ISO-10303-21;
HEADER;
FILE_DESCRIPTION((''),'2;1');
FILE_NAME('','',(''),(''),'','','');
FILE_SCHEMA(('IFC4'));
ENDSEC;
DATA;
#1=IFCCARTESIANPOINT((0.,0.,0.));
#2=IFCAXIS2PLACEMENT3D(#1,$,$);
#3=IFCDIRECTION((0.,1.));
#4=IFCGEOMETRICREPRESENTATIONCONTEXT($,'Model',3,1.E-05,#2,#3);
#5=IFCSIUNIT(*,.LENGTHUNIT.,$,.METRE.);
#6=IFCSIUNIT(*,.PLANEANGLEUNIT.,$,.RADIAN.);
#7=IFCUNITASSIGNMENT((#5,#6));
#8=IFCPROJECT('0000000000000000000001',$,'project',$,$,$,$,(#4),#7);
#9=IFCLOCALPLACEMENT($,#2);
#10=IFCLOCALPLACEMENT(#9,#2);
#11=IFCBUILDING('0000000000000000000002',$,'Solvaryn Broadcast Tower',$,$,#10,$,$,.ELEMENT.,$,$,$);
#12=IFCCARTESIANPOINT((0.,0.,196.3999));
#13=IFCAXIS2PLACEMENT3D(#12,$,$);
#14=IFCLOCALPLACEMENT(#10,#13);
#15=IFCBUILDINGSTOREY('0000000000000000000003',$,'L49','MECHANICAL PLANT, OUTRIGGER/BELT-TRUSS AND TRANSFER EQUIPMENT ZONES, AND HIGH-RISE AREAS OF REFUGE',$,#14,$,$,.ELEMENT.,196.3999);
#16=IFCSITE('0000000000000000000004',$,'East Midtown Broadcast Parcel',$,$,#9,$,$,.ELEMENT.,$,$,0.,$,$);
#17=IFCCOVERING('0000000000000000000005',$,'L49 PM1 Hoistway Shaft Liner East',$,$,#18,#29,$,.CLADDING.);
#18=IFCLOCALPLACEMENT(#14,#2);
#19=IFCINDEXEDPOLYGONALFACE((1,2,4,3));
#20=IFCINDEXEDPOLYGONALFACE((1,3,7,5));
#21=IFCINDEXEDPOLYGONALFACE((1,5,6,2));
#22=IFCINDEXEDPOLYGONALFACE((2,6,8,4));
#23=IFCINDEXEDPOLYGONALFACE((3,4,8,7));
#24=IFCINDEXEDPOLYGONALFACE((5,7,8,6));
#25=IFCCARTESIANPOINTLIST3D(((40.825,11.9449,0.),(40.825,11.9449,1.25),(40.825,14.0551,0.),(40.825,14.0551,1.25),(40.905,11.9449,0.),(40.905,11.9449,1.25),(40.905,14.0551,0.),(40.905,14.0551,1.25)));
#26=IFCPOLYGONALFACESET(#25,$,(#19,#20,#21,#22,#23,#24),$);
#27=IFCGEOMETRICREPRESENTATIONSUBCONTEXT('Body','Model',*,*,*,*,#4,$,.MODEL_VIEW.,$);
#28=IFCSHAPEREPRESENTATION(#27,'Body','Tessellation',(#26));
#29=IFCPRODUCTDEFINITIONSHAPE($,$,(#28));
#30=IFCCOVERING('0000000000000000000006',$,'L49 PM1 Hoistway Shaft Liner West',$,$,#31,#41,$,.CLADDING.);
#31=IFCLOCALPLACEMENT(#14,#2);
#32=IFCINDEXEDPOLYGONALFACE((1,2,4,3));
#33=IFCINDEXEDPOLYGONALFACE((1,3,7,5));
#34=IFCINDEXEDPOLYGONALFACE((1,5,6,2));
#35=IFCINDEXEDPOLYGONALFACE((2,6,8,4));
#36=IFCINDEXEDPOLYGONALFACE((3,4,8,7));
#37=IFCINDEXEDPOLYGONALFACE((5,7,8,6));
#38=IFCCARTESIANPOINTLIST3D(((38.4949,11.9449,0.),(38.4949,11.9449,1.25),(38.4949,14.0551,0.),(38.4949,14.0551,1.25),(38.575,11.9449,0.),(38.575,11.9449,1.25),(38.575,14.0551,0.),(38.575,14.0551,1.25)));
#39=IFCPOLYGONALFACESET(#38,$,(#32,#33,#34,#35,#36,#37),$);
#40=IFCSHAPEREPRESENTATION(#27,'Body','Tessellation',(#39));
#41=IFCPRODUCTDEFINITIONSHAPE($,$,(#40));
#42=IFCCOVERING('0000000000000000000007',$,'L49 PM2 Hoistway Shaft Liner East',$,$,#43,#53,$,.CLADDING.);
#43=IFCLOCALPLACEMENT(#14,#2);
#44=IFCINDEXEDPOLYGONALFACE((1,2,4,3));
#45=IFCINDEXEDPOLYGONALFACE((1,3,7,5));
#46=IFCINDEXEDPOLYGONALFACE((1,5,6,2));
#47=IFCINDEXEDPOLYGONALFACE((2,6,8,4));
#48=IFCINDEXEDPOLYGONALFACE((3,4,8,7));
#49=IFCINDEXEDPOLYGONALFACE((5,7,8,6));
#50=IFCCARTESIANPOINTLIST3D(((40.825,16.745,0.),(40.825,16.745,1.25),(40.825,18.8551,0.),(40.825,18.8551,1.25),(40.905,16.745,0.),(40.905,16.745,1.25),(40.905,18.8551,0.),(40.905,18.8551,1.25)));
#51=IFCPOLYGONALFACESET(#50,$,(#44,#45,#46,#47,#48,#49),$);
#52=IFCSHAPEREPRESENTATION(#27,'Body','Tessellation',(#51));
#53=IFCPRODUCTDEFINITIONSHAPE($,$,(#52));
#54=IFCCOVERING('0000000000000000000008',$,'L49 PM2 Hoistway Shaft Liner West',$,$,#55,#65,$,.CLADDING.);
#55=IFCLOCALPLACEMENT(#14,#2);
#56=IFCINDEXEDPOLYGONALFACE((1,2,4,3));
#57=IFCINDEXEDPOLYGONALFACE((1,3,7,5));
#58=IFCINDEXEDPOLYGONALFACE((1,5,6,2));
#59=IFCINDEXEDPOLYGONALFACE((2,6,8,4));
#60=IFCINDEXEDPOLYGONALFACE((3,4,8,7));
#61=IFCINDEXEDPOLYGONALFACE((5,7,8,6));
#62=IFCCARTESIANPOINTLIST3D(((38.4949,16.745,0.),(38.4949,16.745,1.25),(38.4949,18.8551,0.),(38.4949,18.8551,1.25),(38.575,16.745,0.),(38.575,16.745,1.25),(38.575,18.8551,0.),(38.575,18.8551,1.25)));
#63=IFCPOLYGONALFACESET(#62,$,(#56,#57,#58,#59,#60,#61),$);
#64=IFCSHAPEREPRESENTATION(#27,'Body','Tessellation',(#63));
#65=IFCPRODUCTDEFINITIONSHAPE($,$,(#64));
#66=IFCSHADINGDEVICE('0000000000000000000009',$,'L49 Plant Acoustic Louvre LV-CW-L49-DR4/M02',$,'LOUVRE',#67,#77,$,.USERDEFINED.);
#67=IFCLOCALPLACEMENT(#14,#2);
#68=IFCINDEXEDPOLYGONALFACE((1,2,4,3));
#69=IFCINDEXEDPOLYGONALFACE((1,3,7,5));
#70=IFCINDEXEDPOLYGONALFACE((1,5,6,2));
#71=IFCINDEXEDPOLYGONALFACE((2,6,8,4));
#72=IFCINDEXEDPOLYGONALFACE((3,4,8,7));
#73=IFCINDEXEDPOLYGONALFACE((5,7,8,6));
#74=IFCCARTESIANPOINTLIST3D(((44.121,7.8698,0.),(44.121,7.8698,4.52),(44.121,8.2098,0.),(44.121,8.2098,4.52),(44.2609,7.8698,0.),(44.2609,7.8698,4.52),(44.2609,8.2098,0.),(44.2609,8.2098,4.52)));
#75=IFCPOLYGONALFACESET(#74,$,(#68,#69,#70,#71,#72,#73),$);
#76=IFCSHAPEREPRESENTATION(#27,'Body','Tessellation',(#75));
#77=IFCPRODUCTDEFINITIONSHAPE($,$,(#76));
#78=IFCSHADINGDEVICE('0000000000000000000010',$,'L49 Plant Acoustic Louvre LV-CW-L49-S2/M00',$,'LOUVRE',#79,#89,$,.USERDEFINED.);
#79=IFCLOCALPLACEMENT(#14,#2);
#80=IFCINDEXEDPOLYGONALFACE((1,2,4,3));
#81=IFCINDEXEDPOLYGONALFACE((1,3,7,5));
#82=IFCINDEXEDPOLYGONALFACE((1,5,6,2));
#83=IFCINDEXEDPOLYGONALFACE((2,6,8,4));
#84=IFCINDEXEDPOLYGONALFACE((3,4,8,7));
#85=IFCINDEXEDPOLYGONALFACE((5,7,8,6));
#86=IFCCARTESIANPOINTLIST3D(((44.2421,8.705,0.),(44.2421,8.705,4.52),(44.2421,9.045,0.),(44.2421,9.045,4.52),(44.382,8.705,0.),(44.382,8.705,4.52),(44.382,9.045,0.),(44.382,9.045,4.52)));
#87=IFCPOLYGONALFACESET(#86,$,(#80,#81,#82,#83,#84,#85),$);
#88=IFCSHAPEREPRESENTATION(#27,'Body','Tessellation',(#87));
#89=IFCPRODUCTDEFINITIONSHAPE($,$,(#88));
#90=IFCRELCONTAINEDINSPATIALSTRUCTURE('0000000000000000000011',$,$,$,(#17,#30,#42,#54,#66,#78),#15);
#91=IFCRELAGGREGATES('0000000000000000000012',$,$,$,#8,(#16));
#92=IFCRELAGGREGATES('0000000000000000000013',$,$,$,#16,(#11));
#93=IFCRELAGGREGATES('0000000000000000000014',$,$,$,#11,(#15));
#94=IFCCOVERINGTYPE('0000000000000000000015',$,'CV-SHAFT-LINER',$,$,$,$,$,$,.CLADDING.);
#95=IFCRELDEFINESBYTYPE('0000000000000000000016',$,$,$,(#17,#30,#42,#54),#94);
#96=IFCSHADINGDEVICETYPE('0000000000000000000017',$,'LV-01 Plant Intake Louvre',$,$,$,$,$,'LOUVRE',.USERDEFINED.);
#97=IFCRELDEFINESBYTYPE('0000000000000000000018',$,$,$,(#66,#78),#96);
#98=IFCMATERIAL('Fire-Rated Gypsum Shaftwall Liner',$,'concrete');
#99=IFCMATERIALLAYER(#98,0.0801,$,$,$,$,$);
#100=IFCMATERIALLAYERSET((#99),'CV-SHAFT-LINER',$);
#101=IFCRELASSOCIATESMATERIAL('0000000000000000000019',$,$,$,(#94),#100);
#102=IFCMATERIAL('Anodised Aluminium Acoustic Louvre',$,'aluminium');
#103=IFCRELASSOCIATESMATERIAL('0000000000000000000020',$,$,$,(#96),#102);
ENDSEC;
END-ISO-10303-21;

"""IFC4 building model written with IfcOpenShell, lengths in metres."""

from ifc_helpers import new_model, si_unit, direction, frame, origin, origin_2d, place, context, subcontext, project, spatial, rectangle, extrude, material, layer, layer_set, type_object, element, save


model = new_model("IFC4")

# Units and contexts
model_context = context("Model", 3, precision=1e-05, world=origin(), true_north=direction((0.0, 1.0)))
body_context = subcontext(model_context, "Body", "Model", "MODEL_VIEW")
ifc_project = project(units=[si_unit("LENGTHUNIT", "METRE"), si_unit("PLANEANGLEUNIT", "RADIAN")], contexts=[model_context])

# Site, building, storey
site_placement = place(None, origin())
site = spatial("IfcSite", under=ifc_project, at=site_placement, Name="East Midtown Broadcast Parcel", CompositionType="ELEMENT", RefElevation=0.0)
building_placement = place(site_placement, origin())
building = spatial("IfcBuilding", under=site, at=building_placement, Name="Solvaryn Broadcast Tower", CompositionType="ELEMENT")
storey_placement = place(building_placement, frame((0.0, 0.0, 196.3999)))
storey = spatial("IfcBuildingStorey", under=building, at=storey_placement, Name="L49", Description="MECHANICAL PLANT, OUTRIGGER/BELT-TRUSS AND TRANSFER EQUIPMENT ZONES, AND HIGH-RISE AREAS OF REFUGE", CompositionType="ELEMENT", Elevation=196.3999)

# Coverings
ifc_material_1 = material(Name="Fire-Rated Gypsum Shaftwall Liner", Category="concrete")
ifc_layer_1 = layer(ifc_material_1, 0.0801)
ifc_layer_set_1 = layer_set([ifc_layer_1], Name="CV-SHAFT-LINER")
covering_type = type_object("IfcCoveringType", Name="CV-SHAFT-LINER", PredefinedType="CLADDING", material=ifc_layer_set_1)
for number, where, z_axis, x_axis, name in (
    (1, (40.865, 13.0, 0.0), (0.0, 0.0, 1.0), (1.0, 0.0, 0.0), "L49 PM1 Hoistway Shaft Liner East"),
    (2, (38.5349, 13.0, 0.0), (0.0, 0.0, 1.0), (1.0, 0.0, 0.0), "L49 PM1 Hoistway Shaft Liner West"),
    (3, (40.865, 17.8, 0.0), (0.0, 0.0, 1.0), (1.0, 0.0, 0.0), "L49 PM2 Hoistway Shaft Liner East"),
    (4, (38.5349, 17.8, 0.0), (0.0, 0.0, 1.0), (1.0, 0.0, 0.0), "L49 PM2 Hoistway Shaft Liner West"),
):
    element("IfcCovering", number, at=place(storey_placement, frame(where, z_axis=z_axis, x_axis=x_axis)), inside=storey, type_object=covering_type, Name=name, PredefinedType="CLADDING", context=body_context, shape_type="SweptSolid", body=[
        extrude(rectangle(XDim=0.0801, YDim=2.1101, at=origin_2d()), origin(), (0.0, 0.0, 1.0), 1.25),
    ])

# Shading devices
ifc_material_2 = material(Name="Anodised Aluminium Acoustic Louvre", Category="aluminium")
shading_device_type = type_object("IfcShadingDeviceType", Name="LV-01 Plant Intake Louvre", ElementType="LOUVRE", PredefinedType="USERDEFINED", material=ifc_material_2)
for number, where, z_axis, x_axis, name in (
    (5, (44.1909, 8.0398, 0.0), (0.0, 0.0, 1.0), (1.0, 0.0, 0.0), "L49 Plant Acoustic Louvre LV-CW-L49-DR4/M02"),
    (6, (44.312, 8.875, 0.0), (0.0, 0.0, 1.0), (1.0, 0.0, 0.0), "L49 Plant Acoustic Louvre LV-CW-L49-S2/M00"),
):
    element("IfcShadingDevice", number, at=place(storey_placement, frame(where, z_axis=z_axis, x_axis=x_axis)), inside=storey, type_object=shading_device_type, Name=name, ObjectType="LOUVRE", PredefinedType="USERDEFINED", context=body_context, shape_type="SweptSolid", body=[
        extrude(rectangle(XDim=0.1399, YDim=0.3401, at=origin_2d()), origin(), (0.0, 0.0, 1.0), 4.52),
    ])

save(model, "model.ifc")
